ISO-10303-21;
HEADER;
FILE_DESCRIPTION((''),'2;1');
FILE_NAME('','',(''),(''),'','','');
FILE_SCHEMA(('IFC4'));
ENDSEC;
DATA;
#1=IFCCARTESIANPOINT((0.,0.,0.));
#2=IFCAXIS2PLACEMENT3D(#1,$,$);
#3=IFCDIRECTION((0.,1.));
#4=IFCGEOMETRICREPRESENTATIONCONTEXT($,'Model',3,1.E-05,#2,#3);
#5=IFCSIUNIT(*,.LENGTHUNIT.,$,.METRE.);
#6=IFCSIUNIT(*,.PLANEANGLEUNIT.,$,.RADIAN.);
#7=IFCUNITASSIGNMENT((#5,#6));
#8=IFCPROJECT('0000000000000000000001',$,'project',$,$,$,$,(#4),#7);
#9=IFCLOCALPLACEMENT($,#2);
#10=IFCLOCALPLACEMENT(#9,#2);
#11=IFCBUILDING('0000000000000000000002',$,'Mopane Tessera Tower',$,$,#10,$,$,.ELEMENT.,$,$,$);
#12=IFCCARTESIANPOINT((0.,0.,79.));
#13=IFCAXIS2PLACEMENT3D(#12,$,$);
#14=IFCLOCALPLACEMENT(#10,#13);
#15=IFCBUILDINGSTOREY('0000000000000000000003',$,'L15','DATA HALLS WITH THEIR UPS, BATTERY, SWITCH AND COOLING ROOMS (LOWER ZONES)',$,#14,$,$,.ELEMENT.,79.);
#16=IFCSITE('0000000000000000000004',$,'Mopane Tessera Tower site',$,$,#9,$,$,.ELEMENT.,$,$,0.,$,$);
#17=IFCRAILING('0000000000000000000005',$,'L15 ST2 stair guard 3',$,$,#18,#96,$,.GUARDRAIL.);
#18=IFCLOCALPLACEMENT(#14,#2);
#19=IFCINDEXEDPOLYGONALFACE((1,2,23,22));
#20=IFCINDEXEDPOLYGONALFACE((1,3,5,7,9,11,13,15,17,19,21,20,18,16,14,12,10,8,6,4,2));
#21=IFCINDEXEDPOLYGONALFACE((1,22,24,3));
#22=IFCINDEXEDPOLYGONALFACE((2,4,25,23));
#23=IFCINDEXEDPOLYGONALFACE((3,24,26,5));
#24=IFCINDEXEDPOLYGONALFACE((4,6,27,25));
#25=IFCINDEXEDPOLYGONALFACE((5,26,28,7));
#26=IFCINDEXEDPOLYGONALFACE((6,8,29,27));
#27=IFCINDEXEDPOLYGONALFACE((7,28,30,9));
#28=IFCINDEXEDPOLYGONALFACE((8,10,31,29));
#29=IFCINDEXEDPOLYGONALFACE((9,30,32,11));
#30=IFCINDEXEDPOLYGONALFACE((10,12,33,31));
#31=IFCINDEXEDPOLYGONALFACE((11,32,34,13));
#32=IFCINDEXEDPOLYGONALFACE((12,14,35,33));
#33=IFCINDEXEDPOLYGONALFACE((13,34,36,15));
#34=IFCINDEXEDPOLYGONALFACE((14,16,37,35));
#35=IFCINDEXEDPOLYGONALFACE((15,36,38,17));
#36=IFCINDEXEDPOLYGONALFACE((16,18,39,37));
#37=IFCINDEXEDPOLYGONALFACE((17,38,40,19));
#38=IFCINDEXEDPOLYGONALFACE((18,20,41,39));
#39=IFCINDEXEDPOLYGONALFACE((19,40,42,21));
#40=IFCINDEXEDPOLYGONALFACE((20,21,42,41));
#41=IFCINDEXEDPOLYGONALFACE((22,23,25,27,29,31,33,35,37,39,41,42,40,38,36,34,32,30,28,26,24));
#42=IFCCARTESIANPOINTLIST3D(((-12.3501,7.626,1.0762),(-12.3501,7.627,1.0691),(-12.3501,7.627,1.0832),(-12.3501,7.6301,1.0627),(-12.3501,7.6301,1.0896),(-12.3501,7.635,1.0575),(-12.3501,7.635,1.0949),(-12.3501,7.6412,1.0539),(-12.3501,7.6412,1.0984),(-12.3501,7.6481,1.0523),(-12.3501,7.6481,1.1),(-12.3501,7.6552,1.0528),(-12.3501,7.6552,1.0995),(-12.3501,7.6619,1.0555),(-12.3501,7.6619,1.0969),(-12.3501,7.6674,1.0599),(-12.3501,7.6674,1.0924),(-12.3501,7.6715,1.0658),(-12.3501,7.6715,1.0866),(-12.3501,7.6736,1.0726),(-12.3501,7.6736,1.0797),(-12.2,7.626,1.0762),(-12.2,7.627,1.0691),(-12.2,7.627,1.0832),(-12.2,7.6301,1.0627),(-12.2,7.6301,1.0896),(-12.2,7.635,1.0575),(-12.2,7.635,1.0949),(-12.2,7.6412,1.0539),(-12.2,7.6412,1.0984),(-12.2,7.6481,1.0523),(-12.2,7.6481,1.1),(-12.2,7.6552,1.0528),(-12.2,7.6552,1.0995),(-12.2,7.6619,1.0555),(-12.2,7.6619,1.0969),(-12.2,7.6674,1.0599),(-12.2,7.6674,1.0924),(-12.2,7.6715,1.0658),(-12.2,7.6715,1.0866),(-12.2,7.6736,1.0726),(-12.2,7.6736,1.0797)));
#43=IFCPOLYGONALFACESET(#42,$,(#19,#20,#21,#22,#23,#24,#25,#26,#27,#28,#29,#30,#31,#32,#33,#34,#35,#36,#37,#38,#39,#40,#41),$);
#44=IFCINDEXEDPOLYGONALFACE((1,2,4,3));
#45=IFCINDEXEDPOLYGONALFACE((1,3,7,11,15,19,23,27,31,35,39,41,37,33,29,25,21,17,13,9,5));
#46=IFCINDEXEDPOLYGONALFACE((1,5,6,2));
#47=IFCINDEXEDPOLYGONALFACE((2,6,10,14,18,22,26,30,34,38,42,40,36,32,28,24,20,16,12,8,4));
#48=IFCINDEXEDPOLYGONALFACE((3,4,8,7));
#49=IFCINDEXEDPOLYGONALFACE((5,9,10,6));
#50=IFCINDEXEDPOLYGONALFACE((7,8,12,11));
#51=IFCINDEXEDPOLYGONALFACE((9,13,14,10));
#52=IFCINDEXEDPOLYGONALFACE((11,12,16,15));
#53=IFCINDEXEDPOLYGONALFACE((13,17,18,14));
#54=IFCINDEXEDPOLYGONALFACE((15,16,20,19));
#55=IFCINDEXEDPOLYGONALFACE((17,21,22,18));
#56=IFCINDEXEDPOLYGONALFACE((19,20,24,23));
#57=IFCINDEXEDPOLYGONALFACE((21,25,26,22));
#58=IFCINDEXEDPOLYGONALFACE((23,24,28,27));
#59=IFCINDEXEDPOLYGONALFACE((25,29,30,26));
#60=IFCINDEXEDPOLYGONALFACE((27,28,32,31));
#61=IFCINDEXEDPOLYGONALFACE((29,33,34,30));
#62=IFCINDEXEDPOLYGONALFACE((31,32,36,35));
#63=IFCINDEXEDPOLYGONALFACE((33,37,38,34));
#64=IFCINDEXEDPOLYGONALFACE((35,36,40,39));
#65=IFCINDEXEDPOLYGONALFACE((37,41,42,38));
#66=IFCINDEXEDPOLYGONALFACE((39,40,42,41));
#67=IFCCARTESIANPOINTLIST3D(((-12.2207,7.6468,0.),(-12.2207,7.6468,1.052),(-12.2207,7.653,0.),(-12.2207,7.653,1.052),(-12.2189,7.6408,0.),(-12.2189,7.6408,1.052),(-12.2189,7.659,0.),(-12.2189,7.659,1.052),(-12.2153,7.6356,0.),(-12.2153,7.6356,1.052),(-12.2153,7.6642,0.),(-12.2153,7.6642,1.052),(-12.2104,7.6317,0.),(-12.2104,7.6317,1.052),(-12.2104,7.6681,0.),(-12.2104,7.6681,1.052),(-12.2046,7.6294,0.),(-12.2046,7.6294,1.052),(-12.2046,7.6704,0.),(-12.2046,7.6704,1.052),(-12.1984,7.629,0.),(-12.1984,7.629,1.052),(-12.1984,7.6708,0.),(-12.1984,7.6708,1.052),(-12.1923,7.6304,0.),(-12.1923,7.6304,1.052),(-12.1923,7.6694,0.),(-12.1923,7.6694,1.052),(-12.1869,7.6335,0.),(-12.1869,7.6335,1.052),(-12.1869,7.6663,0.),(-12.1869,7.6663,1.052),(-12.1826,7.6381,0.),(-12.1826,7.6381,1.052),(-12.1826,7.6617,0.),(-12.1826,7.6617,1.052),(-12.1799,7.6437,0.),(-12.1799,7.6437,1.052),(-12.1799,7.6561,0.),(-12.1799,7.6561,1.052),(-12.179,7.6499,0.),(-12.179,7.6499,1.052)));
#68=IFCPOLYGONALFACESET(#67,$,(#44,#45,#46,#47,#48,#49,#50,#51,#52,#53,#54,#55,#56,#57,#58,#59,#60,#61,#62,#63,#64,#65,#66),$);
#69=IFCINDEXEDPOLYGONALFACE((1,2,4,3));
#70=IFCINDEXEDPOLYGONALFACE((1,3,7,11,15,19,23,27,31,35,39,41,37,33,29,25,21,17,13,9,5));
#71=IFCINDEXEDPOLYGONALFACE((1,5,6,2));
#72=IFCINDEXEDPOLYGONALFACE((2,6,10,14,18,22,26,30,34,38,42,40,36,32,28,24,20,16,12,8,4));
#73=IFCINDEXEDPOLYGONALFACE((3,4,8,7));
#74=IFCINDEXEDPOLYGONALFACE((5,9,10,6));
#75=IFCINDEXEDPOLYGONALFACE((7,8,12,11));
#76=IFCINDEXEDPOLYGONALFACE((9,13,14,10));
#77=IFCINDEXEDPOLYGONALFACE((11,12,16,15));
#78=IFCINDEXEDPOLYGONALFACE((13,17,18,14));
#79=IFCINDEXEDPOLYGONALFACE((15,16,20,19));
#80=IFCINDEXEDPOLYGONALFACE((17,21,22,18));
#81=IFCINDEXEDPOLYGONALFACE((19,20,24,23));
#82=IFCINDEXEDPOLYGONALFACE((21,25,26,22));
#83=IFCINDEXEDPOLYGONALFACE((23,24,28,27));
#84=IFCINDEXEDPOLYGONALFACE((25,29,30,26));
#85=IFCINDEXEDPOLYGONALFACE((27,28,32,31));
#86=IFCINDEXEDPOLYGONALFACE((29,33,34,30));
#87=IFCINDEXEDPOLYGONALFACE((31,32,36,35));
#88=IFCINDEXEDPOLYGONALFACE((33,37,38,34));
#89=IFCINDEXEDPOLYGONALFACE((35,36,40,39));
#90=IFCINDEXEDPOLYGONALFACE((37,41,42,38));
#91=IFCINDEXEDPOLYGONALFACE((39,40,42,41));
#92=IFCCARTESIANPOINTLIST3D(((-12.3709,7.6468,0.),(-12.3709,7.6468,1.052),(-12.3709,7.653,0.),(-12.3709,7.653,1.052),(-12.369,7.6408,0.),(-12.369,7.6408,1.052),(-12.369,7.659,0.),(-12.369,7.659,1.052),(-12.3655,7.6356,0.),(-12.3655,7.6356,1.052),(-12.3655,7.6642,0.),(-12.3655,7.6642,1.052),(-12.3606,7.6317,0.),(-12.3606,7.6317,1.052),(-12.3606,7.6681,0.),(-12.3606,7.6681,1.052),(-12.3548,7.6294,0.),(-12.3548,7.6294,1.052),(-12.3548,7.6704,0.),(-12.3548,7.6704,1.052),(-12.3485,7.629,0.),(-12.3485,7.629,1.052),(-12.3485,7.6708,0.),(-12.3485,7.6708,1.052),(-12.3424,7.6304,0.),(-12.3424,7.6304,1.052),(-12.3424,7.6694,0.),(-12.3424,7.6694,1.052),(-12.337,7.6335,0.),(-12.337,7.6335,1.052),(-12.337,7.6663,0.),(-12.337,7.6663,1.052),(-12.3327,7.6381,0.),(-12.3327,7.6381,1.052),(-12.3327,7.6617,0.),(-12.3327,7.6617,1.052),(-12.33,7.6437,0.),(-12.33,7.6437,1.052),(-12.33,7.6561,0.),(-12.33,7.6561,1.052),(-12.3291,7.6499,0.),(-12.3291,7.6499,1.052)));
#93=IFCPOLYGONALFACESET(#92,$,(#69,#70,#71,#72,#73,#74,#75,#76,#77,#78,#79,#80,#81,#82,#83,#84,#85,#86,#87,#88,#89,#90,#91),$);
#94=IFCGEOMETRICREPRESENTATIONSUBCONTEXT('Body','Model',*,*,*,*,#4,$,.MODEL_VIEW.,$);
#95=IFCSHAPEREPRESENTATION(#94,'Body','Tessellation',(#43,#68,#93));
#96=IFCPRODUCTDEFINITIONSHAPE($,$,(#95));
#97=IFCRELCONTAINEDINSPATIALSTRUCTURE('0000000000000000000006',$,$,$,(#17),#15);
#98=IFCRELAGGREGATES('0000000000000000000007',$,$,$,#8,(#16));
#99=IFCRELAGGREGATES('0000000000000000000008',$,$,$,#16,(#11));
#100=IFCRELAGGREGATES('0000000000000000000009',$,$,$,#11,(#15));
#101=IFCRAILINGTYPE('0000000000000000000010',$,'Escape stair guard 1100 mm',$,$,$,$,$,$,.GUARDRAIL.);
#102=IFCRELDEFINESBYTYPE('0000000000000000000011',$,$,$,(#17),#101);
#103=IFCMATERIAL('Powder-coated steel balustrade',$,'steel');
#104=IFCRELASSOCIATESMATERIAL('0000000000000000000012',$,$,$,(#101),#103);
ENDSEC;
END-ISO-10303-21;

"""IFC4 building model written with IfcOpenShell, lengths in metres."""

from ifc_helpers import new_model, si_unit, direction, frame, origin, origin_2d, place, context, subcontext, project, spatial, circle, extrude, material, type_object, element, save


model = new_model("IFC4")

# Units and contexts
model_context = context("Model", 3, precision=1e-05, world=origin(), true_north=direction((0.0, 1.0)))
body_context = subcontext(model_context, "Body", "Model", "MODEL_VIEW")
ifc_project = project(units=[si_unit("LENGTHUNIT", "METRE"), si_unit("PLANEANGLEUNIT", "RADIAN")], contexts=[model_context])

# Site, building, storey
site_placement = place(None, origin())
site = spatial("IfcSite", under=ifc_project, at=site_placement, Name="Mopane Tessera Tower site", CompositionType="ELEMENT", RefElevation=0.0)
building_placement = place(site_placement, origin())
building = spatial("IfcBuilding", under=site, at=building_placement, Name="Mopane Tessera Tower", CompositionType="ELEMENT")
storey_placement = place(building_placement, frame((0.0, 0.0, 79.0)))
storey = spatial("IfcBuildingStorey", under=building, at=storey_placement, Name="L15", Description="DATA HALLS WITH THEIR UPS, BATTERY, SWITCH AND COOLING ROOMS (LOWER ZONES)", CompositionType="ELEMENT", Elevation=79.0)

# Railing
ifc_material_1 = material(Name="Powder-coated steel balustrade", Category="steel")
railing_type = type_object("IfcRailingType", Name="Escape stair guard 1100 mm", PredefinedType="GUARDRAIL", material=ifc_material_1)
railing_1_placement = place(storey_placement, frame((-12.2, 7.6499, 0.0)))
element("IfcRailing", 1, at=railing_1_placement, inside=storey, type_object=railing_type, Name="L15 ST2 stair guard 3", PredefinedType="GUARDRAIL", context=body_context, shape_type="SweptSolid", body=[
    extrude(circle(Radius=0.0239, at=origin_2d()), frame((0.0, 0.0, 1.0762), z_axis=(-1.0, 0.0, 0.0), x_axis=(0.0, -1.0, 0.0)), (0.0, 0.0, 1.0), 0.1501),
    extrude(circle(Radius=0.021, at=origin_2d()), origin(), (0.0, 0.0, 1.0), 1.052),
    extrude(circle(Radius=0.021, at=origin_2d()), frame((-0.1501, 0.0, 0.0)), (0.0, 0.0, 1.0), 1.052),
])

save(model, "model.ifc")
